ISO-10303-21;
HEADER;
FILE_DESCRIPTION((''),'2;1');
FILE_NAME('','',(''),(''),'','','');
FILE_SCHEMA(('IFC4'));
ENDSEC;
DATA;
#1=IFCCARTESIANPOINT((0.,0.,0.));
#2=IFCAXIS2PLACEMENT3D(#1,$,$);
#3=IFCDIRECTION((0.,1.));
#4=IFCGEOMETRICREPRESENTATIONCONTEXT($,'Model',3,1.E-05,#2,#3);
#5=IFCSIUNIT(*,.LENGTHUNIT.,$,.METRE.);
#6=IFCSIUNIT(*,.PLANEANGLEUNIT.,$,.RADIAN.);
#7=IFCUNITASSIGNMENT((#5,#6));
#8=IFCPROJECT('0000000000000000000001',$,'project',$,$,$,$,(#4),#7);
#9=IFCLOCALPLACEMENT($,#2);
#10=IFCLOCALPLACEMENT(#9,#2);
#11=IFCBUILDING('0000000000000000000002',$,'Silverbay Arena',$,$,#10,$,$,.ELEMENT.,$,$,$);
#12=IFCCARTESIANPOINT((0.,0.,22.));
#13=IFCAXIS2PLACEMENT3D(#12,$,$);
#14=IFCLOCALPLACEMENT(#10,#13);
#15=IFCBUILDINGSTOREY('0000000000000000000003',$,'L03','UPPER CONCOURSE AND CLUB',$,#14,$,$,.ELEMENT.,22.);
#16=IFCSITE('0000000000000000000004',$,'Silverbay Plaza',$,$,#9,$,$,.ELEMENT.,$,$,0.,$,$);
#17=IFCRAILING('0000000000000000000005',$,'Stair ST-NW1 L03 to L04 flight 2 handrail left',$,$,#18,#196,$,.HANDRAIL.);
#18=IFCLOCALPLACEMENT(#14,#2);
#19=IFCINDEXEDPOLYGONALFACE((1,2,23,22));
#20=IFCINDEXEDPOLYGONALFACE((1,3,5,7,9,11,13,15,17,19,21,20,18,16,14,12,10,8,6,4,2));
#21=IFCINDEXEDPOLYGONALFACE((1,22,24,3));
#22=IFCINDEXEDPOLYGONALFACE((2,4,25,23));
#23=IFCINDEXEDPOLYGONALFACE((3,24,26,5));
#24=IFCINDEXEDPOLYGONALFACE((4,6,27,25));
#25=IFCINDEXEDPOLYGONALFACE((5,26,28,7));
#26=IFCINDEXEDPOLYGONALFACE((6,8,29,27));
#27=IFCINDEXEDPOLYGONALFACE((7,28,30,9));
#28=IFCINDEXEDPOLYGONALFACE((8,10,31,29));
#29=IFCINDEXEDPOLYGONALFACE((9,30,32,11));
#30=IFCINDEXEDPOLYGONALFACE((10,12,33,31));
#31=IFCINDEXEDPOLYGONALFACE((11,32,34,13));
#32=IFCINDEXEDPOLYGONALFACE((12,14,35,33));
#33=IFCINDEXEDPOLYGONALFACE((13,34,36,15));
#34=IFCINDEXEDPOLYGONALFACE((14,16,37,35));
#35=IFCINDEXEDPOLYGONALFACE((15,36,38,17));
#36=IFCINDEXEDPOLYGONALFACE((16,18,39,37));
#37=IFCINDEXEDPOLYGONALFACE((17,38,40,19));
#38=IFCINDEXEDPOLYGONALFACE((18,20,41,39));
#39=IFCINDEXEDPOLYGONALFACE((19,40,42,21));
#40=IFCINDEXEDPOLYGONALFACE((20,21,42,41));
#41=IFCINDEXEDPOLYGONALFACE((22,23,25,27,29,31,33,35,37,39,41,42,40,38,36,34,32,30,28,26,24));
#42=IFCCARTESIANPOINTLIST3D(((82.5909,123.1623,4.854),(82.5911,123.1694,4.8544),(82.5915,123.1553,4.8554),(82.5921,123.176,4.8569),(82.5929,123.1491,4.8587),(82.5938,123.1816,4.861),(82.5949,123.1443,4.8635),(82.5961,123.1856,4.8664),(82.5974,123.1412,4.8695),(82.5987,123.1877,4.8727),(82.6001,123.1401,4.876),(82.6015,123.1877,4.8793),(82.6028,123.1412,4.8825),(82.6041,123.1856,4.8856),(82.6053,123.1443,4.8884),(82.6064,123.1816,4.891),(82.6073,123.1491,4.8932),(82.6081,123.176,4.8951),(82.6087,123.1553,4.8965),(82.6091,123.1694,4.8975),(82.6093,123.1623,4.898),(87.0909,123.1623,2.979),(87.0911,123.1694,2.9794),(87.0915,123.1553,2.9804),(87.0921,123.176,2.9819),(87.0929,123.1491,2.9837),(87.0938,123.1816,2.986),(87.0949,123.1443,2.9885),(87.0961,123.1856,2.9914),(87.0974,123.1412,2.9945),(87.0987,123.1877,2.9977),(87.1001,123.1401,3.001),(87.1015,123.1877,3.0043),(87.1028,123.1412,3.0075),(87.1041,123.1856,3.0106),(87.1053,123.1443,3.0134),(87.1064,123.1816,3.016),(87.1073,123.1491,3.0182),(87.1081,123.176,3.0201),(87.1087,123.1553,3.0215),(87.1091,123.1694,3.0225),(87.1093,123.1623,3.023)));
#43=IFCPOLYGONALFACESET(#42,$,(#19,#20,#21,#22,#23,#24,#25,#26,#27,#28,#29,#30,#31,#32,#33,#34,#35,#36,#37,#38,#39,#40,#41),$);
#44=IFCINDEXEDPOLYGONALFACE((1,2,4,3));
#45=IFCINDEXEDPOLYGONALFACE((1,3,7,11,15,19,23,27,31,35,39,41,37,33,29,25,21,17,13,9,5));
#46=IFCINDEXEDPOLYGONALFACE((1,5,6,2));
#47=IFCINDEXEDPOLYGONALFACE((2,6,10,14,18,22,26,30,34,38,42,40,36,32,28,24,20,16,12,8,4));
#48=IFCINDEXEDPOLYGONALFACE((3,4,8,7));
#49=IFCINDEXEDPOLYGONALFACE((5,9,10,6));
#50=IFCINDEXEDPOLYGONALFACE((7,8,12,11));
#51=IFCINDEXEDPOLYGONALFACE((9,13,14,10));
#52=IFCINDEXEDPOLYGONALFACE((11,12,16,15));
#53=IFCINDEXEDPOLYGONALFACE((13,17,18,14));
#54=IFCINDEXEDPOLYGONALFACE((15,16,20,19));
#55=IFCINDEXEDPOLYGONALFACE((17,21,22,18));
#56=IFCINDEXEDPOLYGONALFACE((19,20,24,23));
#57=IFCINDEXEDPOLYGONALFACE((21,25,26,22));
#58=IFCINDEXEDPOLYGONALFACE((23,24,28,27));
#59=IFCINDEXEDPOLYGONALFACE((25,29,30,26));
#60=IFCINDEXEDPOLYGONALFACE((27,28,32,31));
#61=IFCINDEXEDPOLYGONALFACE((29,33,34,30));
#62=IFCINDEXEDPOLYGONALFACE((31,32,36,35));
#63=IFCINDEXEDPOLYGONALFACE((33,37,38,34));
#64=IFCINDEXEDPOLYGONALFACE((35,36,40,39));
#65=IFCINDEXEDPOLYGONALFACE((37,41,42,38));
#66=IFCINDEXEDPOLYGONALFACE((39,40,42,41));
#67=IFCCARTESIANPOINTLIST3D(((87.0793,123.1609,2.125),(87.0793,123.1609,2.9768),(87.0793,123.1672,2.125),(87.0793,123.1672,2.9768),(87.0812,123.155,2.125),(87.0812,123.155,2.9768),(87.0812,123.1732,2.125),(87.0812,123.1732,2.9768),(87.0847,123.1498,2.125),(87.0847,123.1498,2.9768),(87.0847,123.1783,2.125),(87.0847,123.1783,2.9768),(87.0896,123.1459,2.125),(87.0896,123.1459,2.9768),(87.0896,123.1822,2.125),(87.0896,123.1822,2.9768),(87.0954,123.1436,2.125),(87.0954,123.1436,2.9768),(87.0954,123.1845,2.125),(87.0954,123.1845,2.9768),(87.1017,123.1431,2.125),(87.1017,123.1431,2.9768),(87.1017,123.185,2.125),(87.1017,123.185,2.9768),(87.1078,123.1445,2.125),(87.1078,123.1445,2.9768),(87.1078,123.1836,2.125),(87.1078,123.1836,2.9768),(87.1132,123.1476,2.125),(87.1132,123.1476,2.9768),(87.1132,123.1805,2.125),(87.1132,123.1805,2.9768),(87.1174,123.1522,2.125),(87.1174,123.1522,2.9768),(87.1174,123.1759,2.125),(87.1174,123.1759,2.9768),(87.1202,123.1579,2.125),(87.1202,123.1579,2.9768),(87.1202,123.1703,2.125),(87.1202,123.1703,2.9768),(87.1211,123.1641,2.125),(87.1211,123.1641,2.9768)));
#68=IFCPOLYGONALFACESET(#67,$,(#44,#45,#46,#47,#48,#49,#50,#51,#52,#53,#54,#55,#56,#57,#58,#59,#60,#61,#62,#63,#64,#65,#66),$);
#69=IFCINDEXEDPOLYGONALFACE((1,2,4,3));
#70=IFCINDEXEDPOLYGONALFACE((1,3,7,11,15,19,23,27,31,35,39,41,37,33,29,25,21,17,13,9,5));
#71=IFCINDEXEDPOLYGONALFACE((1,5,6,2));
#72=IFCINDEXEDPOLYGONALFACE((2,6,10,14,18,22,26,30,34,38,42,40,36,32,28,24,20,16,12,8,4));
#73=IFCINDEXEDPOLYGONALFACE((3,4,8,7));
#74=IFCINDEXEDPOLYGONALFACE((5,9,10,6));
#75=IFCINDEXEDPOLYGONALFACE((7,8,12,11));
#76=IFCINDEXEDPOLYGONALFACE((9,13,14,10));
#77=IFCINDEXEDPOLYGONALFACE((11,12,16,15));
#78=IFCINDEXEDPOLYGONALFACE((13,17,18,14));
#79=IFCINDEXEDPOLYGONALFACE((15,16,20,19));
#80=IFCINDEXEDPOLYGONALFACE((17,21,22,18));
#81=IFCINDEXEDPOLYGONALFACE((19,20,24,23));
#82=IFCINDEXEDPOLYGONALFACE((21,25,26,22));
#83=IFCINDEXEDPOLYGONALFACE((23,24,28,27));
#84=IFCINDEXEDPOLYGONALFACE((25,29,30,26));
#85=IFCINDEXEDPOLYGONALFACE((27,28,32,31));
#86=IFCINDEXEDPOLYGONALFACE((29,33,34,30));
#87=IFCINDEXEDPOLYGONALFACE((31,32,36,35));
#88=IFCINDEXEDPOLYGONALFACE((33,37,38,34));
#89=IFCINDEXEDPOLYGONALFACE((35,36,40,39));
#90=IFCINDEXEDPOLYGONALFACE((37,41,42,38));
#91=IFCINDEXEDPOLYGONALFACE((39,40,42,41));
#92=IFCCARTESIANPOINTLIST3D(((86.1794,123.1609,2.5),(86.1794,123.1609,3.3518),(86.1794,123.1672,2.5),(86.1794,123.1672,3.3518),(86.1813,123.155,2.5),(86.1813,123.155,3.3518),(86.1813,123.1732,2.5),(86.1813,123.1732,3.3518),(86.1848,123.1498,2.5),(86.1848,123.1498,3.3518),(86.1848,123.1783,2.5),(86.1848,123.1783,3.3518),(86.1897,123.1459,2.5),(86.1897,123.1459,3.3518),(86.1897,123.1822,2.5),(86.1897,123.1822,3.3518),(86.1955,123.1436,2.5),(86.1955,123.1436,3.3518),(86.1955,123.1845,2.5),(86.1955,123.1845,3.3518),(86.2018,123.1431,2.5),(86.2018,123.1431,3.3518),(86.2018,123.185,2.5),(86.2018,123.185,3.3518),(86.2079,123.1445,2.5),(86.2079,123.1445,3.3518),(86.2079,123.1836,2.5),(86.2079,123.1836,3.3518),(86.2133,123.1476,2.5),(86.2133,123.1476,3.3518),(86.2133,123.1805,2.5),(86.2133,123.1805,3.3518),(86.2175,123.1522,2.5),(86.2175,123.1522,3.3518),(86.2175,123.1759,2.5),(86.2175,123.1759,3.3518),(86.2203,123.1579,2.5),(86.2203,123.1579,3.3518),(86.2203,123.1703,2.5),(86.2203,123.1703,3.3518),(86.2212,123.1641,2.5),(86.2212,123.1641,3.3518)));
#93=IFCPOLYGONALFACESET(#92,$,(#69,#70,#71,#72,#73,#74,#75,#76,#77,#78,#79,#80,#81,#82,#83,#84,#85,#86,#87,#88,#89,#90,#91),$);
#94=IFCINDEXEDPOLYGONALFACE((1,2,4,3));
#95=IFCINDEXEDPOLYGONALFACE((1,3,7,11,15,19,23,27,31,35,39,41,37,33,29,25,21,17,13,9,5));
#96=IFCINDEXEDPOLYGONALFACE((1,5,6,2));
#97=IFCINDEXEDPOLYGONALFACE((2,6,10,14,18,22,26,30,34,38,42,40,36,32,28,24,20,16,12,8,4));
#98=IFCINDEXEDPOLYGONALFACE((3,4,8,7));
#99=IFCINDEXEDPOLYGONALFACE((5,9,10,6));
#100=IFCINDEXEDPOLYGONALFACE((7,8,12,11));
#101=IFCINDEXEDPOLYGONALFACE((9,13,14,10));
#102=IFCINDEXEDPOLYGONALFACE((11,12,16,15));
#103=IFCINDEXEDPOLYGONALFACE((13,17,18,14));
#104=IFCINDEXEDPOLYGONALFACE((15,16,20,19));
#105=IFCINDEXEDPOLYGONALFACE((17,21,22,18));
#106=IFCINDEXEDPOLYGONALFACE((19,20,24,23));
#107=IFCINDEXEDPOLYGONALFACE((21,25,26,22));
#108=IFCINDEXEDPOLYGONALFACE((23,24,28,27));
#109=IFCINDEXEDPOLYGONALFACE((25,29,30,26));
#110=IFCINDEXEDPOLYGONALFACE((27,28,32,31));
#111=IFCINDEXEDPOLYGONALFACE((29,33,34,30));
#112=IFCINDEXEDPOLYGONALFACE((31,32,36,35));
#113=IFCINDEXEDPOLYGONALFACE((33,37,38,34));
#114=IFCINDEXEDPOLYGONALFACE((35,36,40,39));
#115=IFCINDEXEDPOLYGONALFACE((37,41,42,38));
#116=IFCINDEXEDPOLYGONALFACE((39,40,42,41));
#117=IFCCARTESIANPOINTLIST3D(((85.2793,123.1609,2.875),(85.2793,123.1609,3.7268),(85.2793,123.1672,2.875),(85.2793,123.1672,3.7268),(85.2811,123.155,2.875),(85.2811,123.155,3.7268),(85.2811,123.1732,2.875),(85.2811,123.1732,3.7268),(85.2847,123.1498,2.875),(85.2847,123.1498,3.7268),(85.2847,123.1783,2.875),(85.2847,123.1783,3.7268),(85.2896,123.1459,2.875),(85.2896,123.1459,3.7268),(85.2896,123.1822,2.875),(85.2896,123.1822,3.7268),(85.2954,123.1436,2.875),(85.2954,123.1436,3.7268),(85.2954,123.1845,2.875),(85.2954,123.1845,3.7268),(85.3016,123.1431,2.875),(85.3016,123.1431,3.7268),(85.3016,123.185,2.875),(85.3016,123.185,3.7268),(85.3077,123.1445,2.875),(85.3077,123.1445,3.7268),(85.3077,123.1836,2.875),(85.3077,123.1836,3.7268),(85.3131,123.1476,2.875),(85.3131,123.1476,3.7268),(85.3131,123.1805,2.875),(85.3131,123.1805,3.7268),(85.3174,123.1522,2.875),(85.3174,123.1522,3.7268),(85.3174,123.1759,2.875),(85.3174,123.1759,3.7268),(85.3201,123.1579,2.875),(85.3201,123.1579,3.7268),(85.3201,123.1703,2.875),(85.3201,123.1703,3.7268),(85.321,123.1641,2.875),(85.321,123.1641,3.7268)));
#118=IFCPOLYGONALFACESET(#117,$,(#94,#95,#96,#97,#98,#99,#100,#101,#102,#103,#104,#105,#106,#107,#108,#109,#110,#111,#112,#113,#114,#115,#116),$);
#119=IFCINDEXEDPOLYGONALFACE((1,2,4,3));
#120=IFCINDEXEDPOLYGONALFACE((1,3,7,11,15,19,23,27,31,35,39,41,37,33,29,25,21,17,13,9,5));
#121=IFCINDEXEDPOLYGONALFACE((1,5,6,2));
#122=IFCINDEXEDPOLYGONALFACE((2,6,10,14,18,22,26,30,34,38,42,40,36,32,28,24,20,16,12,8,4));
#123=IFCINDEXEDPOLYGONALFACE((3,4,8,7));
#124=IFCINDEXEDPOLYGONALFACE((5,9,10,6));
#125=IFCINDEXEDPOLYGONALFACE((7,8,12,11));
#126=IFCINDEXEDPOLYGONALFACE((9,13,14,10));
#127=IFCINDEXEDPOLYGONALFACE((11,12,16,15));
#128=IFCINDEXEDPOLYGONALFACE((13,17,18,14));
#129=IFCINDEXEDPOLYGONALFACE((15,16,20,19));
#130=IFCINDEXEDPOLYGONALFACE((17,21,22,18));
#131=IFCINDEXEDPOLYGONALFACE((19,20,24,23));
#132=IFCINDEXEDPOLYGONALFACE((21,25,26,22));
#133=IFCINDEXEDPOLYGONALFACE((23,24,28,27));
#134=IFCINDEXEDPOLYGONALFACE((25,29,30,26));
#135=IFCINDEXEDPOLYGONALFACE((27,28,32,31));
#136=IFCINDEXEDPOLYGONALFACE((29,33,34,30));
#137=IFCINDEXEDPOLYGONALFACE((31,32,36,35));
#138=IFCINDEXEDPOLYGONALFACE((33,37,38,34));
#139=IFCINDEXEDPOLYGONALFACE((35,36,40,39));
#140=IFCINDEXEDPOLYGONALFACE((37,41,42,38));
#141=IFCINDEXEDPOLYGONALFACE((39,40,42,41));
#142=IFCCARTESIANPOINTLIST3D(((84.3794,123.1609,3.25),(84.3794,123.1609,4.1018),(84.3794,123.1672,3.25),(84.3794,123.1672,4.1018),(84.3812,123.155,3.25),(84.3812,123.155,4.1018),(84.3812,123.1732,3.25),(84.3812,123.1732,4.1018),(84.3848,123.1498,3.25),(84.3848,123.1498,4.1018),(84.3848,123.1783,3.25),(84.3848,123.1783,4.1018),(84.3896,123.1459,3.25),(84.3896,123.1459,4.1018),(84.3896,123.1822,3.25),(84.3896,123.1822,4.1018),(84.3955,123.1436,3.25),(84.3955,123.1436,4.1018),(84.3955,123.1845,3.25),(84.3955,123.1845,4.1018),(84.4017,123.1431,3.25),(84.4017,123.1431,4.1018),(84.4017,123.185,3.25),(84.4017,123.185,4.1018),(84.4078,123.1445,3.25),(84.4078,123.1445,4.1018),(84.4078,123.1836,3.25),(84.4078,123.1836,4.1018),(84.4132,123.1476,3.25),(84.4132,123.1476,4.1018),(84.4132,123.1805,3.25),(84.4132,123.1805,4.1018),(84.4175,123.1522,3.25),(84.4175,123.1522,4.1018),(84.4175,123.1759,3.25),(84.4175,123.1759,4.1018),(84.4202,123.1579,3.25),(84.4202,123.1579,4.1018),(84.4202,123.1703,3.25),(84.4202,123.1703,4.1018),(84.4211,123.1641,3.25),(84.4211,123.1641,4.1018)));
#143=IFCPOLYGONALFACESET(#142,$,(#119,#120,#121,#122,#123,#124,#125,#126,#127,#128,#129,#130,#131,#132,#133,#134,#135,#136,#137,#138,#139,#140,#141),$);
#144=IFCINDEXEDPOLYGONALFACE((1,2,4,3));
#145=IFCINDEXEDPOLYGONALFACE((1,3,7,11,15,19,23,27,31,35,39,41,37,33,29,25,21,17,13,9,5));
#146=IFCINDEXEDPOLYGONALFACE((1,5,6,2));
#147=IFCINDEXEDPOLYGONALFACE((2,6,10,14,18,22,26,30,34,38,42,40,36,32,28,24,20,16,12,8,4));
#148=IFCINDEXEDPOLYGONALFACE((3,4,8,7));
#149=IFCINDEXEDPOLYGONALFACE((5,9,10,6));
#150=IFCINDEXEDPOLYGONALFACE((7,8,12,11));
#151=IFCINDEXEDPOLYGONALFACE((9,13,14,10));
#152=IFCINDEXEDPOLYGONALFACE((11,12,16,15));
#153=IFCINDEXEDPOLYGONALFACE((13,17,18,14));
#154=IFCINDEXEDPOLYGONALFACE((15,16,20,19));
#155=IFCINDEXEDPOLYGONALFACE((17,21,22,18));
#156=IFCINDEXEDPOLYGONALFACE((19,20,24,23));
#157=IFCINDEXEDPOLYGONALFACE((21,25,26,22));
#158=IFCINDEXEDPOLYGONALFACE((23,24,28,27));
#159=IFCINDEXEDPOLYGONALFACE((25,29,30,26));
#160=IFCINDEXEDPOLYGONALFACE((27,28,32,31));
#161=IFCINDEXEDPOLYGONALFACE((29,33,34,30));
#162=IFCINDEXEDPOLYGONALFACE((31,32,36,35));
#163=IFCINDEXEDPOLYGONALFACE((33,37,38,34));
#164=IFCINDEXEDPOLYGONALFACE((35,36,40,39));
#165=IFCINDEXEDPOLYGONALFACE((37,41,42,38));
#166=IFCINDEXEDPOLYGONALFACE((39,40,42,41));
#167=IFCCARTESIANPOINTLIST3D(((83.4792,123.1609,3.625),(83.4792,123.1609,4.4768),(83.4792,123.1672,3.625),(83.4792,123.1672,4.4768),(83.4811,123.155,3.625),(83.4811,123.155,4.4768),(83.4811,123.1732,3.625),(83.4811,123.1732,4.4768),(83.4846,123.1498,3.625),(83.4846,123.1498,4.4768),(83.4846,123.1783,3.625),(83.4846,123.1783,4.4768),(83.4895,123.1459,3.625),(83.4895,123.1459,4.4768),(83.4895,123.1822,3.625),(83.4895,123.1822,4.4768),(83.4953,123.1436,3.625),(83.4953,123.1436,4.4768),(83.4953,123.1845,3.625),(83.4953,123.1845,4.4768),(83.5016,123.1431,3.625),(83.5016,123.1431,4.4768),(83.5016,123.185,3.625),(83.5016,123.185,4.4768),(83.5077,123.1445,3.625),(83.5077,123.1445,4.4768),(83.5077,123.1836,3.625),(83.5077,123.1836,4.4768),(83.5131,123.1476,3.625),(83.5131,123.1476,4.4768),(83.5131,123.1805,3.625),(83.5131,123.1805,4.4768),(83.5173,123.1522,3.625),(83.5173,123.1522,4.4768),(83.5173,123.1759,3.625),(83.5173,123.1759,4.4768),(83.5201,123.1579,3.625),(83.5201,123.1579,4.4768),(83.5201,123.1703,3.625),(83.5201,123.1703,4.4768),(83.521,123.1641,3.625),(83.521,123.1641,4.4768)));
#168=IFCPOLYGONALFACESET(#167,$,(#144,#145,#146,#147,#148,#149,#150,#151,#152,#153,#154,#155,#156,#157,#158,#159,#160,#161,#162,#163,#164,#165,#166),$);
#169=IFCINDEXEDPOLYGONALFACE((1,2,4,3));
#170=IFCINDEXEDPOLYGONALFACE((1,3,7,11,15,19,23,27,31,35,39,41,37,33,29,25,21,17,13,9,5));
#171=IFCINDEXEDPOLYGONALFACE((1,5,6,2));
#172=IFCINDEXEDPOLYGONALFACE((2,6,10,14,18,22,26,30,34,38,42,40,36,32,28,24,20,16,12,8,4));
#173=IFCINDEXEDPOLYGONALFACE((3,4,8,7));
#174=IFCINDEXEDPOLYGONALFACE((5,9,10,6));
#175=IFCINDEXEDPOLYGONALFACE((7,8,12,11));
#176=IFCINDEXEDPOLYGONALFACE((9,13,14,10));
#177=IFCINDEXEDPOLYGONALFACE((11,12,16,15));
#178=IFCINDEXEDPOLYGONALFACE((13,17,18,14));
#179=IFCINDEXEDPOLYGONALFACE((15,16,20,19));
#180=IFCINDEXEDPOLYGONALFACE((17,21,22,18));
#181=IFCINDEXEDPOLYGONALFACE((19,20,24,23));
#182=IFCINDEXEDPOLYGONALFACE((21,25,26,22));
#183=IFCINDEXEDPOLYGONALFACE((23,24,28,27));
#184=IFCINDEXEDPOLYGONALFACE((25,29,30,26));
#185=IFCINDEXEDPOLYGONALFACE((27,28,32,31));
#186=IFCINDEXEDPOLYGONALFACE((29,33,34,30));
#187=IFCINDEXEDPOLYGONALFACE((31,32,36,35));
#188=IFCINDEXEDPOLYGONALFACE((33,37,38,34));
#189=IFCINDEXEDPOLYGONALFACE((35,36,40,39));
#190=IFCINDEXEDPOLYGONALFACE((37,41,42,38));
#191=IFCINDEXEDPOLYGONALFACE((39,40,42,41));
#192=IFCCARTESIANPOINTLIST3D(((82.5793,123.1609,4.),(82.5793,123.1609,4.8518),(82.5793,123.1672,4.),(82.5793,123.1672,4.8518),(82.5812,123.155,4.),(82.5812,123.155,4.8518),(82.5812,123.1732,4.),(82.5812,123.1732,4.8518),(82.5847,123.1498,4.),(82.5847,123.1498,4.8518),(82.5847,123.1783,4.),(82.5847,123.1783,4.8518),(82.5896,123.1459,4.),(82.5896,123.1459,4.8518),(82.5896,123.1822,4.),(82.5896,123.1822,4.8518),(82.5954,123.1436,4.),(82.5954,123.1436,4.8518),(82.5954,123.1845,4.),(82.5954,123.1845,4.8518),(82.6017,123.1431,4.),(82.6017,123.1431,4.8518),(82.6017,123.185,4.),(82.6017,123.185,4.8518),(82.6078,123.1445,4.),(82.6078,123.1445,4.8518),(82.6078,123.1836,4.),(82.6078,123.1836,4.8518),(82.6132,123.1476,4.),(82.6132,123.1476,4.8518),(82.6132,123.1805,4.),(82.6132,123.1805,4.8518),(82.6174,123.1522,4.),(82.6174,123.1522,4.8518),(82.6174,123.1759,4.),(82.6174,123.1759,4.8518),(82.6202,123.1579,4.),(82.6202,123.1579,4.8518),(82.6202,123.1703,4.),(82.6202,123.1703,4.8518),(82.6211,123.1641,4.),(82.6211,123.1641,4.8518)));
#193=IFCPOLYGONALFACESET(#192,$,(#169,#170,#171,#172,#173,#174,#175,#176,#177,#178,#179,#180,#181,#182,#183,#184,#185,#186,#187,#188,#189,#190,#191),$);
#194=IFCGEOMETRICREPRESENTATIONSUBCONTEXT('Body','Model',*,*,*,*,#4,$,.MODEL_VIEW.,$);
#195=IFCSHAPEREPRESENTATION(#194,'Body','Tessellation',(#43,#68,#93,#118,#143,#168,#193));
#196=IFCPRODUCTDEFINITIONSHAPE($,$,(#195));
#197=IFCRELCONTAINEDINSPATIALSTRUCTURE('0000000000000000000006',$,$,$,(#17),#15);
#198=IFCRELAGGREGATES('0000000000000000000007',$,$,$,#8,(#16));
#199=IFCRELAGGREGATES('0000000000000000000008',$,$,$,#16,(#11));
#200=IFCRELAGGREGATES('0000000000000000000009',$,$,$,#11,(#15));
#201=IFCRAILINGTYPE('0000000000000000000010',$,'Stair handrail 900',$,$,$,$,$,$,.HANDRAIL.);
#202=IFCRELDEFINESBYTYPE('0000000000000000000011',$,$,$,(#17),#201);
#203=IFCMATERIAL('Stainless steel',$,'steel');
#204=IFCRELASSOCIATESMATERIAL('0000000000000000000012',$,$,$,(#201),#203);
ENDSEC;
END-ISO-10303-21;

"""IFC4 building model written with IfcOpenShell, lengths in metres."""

from ifc_helpers import new_model, si_unit, direction, frame, origin, origin_2d, place, context, subcontext, project, spatial, circle, extrude, material, type_object, element, save


model = new_model("IFC4")

# Units and contexts
model_context = context("Model", 3, precision=1e-05, world=origin(), true_north=direction((0.0, 1.0)))
body_context = subcontext(model_context, "Body", "Model", "MODEL_VIEW")
ifc_project = project(units=[si_unit("LENGTHUNIT", "METRE"), si_unit("PLANEANGLEUNIT", "RADIAN")], contexts=[model_context])

# Site, building, storey
site_placement = place(None, origin())
site = spatial("IfcSite", under=ifc_project, at=site_placement, Name="Silverbay Plaza", CompositionType="ELEMENT", RefElevation=0.0)
building_placement = place(site_placement, origin())
building = spatial("IfcBuilding", under=site, at=building_placement, Name="Silverbay Arena", CompositionType="ELEMENT")
storey_placement = place(building_placement, frame((0.0, 0.0, 22.0)))
storey = spatial("IfcBuildingStorey", under=building, at=storey_placement, Name="L03", Description="UPPER CONCOURSE AND CLUB", CompositionType="ELEMENT", Elevation=22.0)

# Railing
ifc_material_1 = material(Name="Stainless steel", Category="steel")
railing_type_1 = type_object("IfcRailingType", Name="Stair handrail 900", PredefinedType="HANDRAIL", material=ifc_material_1)
for number, where, name in (
    (1, (87.1001, 123.1641, 2.125), "Stair ST-NW1 L03 to L04 flight 2 handrail left"),
):
    element("IfcRailing", number, at=place(storey_placement, frame(where)), inside=storey, type_object=railing_type_1, Name=name, PredefinedType="HANDRAIL", context=body_context, shape_type="SweptSolid", body=[
        extrude(circle(Radius=0.0239, at=origin_2d()), frame((0.0, 0.0, 0.876), z_axis=(-0.923077, 0.0, 0.384615), x_axis=(0.0, -1.0, 0.0)), (0.0, 0.0, 1.0), 4.875),
        extrude(circle(Radius=0.021, at=origin_2d()), origin(), (0.0, 0.0, 1.0), 0.8518),
        extrude(circle(Radius=0.021, at=origin_2d()), frame((-0.8999, 0.0, 0.375)), (0.0, 0.0, 1.0), 0.8518),
        extrude(circle(Radius=0.021, at=origin_2d()), frame((-1.8, 0.0, 0.75)), (0.0, 0.0, 1.0), 0.8518),
        extrude(circle(Radius=0.021, at=origin_2d()), frame((-2.7, 0.0, 1.125)), (0.0, 0.0, 1.0), 0.8518),
        extrude(circle(Radius=0.021, at=origin_2d()), frame((-3.6001, 0.0, 1.5)), (0.0, 0.0, 1.0), 0.8518),
        extrude(circle(Radius=0.021, at=origin_2d()), frame((-4.5, 0.0, 1.875)), (0.0, 0.0, 1.0), 0.8518),
    ])

save(model, "model.ifc")
